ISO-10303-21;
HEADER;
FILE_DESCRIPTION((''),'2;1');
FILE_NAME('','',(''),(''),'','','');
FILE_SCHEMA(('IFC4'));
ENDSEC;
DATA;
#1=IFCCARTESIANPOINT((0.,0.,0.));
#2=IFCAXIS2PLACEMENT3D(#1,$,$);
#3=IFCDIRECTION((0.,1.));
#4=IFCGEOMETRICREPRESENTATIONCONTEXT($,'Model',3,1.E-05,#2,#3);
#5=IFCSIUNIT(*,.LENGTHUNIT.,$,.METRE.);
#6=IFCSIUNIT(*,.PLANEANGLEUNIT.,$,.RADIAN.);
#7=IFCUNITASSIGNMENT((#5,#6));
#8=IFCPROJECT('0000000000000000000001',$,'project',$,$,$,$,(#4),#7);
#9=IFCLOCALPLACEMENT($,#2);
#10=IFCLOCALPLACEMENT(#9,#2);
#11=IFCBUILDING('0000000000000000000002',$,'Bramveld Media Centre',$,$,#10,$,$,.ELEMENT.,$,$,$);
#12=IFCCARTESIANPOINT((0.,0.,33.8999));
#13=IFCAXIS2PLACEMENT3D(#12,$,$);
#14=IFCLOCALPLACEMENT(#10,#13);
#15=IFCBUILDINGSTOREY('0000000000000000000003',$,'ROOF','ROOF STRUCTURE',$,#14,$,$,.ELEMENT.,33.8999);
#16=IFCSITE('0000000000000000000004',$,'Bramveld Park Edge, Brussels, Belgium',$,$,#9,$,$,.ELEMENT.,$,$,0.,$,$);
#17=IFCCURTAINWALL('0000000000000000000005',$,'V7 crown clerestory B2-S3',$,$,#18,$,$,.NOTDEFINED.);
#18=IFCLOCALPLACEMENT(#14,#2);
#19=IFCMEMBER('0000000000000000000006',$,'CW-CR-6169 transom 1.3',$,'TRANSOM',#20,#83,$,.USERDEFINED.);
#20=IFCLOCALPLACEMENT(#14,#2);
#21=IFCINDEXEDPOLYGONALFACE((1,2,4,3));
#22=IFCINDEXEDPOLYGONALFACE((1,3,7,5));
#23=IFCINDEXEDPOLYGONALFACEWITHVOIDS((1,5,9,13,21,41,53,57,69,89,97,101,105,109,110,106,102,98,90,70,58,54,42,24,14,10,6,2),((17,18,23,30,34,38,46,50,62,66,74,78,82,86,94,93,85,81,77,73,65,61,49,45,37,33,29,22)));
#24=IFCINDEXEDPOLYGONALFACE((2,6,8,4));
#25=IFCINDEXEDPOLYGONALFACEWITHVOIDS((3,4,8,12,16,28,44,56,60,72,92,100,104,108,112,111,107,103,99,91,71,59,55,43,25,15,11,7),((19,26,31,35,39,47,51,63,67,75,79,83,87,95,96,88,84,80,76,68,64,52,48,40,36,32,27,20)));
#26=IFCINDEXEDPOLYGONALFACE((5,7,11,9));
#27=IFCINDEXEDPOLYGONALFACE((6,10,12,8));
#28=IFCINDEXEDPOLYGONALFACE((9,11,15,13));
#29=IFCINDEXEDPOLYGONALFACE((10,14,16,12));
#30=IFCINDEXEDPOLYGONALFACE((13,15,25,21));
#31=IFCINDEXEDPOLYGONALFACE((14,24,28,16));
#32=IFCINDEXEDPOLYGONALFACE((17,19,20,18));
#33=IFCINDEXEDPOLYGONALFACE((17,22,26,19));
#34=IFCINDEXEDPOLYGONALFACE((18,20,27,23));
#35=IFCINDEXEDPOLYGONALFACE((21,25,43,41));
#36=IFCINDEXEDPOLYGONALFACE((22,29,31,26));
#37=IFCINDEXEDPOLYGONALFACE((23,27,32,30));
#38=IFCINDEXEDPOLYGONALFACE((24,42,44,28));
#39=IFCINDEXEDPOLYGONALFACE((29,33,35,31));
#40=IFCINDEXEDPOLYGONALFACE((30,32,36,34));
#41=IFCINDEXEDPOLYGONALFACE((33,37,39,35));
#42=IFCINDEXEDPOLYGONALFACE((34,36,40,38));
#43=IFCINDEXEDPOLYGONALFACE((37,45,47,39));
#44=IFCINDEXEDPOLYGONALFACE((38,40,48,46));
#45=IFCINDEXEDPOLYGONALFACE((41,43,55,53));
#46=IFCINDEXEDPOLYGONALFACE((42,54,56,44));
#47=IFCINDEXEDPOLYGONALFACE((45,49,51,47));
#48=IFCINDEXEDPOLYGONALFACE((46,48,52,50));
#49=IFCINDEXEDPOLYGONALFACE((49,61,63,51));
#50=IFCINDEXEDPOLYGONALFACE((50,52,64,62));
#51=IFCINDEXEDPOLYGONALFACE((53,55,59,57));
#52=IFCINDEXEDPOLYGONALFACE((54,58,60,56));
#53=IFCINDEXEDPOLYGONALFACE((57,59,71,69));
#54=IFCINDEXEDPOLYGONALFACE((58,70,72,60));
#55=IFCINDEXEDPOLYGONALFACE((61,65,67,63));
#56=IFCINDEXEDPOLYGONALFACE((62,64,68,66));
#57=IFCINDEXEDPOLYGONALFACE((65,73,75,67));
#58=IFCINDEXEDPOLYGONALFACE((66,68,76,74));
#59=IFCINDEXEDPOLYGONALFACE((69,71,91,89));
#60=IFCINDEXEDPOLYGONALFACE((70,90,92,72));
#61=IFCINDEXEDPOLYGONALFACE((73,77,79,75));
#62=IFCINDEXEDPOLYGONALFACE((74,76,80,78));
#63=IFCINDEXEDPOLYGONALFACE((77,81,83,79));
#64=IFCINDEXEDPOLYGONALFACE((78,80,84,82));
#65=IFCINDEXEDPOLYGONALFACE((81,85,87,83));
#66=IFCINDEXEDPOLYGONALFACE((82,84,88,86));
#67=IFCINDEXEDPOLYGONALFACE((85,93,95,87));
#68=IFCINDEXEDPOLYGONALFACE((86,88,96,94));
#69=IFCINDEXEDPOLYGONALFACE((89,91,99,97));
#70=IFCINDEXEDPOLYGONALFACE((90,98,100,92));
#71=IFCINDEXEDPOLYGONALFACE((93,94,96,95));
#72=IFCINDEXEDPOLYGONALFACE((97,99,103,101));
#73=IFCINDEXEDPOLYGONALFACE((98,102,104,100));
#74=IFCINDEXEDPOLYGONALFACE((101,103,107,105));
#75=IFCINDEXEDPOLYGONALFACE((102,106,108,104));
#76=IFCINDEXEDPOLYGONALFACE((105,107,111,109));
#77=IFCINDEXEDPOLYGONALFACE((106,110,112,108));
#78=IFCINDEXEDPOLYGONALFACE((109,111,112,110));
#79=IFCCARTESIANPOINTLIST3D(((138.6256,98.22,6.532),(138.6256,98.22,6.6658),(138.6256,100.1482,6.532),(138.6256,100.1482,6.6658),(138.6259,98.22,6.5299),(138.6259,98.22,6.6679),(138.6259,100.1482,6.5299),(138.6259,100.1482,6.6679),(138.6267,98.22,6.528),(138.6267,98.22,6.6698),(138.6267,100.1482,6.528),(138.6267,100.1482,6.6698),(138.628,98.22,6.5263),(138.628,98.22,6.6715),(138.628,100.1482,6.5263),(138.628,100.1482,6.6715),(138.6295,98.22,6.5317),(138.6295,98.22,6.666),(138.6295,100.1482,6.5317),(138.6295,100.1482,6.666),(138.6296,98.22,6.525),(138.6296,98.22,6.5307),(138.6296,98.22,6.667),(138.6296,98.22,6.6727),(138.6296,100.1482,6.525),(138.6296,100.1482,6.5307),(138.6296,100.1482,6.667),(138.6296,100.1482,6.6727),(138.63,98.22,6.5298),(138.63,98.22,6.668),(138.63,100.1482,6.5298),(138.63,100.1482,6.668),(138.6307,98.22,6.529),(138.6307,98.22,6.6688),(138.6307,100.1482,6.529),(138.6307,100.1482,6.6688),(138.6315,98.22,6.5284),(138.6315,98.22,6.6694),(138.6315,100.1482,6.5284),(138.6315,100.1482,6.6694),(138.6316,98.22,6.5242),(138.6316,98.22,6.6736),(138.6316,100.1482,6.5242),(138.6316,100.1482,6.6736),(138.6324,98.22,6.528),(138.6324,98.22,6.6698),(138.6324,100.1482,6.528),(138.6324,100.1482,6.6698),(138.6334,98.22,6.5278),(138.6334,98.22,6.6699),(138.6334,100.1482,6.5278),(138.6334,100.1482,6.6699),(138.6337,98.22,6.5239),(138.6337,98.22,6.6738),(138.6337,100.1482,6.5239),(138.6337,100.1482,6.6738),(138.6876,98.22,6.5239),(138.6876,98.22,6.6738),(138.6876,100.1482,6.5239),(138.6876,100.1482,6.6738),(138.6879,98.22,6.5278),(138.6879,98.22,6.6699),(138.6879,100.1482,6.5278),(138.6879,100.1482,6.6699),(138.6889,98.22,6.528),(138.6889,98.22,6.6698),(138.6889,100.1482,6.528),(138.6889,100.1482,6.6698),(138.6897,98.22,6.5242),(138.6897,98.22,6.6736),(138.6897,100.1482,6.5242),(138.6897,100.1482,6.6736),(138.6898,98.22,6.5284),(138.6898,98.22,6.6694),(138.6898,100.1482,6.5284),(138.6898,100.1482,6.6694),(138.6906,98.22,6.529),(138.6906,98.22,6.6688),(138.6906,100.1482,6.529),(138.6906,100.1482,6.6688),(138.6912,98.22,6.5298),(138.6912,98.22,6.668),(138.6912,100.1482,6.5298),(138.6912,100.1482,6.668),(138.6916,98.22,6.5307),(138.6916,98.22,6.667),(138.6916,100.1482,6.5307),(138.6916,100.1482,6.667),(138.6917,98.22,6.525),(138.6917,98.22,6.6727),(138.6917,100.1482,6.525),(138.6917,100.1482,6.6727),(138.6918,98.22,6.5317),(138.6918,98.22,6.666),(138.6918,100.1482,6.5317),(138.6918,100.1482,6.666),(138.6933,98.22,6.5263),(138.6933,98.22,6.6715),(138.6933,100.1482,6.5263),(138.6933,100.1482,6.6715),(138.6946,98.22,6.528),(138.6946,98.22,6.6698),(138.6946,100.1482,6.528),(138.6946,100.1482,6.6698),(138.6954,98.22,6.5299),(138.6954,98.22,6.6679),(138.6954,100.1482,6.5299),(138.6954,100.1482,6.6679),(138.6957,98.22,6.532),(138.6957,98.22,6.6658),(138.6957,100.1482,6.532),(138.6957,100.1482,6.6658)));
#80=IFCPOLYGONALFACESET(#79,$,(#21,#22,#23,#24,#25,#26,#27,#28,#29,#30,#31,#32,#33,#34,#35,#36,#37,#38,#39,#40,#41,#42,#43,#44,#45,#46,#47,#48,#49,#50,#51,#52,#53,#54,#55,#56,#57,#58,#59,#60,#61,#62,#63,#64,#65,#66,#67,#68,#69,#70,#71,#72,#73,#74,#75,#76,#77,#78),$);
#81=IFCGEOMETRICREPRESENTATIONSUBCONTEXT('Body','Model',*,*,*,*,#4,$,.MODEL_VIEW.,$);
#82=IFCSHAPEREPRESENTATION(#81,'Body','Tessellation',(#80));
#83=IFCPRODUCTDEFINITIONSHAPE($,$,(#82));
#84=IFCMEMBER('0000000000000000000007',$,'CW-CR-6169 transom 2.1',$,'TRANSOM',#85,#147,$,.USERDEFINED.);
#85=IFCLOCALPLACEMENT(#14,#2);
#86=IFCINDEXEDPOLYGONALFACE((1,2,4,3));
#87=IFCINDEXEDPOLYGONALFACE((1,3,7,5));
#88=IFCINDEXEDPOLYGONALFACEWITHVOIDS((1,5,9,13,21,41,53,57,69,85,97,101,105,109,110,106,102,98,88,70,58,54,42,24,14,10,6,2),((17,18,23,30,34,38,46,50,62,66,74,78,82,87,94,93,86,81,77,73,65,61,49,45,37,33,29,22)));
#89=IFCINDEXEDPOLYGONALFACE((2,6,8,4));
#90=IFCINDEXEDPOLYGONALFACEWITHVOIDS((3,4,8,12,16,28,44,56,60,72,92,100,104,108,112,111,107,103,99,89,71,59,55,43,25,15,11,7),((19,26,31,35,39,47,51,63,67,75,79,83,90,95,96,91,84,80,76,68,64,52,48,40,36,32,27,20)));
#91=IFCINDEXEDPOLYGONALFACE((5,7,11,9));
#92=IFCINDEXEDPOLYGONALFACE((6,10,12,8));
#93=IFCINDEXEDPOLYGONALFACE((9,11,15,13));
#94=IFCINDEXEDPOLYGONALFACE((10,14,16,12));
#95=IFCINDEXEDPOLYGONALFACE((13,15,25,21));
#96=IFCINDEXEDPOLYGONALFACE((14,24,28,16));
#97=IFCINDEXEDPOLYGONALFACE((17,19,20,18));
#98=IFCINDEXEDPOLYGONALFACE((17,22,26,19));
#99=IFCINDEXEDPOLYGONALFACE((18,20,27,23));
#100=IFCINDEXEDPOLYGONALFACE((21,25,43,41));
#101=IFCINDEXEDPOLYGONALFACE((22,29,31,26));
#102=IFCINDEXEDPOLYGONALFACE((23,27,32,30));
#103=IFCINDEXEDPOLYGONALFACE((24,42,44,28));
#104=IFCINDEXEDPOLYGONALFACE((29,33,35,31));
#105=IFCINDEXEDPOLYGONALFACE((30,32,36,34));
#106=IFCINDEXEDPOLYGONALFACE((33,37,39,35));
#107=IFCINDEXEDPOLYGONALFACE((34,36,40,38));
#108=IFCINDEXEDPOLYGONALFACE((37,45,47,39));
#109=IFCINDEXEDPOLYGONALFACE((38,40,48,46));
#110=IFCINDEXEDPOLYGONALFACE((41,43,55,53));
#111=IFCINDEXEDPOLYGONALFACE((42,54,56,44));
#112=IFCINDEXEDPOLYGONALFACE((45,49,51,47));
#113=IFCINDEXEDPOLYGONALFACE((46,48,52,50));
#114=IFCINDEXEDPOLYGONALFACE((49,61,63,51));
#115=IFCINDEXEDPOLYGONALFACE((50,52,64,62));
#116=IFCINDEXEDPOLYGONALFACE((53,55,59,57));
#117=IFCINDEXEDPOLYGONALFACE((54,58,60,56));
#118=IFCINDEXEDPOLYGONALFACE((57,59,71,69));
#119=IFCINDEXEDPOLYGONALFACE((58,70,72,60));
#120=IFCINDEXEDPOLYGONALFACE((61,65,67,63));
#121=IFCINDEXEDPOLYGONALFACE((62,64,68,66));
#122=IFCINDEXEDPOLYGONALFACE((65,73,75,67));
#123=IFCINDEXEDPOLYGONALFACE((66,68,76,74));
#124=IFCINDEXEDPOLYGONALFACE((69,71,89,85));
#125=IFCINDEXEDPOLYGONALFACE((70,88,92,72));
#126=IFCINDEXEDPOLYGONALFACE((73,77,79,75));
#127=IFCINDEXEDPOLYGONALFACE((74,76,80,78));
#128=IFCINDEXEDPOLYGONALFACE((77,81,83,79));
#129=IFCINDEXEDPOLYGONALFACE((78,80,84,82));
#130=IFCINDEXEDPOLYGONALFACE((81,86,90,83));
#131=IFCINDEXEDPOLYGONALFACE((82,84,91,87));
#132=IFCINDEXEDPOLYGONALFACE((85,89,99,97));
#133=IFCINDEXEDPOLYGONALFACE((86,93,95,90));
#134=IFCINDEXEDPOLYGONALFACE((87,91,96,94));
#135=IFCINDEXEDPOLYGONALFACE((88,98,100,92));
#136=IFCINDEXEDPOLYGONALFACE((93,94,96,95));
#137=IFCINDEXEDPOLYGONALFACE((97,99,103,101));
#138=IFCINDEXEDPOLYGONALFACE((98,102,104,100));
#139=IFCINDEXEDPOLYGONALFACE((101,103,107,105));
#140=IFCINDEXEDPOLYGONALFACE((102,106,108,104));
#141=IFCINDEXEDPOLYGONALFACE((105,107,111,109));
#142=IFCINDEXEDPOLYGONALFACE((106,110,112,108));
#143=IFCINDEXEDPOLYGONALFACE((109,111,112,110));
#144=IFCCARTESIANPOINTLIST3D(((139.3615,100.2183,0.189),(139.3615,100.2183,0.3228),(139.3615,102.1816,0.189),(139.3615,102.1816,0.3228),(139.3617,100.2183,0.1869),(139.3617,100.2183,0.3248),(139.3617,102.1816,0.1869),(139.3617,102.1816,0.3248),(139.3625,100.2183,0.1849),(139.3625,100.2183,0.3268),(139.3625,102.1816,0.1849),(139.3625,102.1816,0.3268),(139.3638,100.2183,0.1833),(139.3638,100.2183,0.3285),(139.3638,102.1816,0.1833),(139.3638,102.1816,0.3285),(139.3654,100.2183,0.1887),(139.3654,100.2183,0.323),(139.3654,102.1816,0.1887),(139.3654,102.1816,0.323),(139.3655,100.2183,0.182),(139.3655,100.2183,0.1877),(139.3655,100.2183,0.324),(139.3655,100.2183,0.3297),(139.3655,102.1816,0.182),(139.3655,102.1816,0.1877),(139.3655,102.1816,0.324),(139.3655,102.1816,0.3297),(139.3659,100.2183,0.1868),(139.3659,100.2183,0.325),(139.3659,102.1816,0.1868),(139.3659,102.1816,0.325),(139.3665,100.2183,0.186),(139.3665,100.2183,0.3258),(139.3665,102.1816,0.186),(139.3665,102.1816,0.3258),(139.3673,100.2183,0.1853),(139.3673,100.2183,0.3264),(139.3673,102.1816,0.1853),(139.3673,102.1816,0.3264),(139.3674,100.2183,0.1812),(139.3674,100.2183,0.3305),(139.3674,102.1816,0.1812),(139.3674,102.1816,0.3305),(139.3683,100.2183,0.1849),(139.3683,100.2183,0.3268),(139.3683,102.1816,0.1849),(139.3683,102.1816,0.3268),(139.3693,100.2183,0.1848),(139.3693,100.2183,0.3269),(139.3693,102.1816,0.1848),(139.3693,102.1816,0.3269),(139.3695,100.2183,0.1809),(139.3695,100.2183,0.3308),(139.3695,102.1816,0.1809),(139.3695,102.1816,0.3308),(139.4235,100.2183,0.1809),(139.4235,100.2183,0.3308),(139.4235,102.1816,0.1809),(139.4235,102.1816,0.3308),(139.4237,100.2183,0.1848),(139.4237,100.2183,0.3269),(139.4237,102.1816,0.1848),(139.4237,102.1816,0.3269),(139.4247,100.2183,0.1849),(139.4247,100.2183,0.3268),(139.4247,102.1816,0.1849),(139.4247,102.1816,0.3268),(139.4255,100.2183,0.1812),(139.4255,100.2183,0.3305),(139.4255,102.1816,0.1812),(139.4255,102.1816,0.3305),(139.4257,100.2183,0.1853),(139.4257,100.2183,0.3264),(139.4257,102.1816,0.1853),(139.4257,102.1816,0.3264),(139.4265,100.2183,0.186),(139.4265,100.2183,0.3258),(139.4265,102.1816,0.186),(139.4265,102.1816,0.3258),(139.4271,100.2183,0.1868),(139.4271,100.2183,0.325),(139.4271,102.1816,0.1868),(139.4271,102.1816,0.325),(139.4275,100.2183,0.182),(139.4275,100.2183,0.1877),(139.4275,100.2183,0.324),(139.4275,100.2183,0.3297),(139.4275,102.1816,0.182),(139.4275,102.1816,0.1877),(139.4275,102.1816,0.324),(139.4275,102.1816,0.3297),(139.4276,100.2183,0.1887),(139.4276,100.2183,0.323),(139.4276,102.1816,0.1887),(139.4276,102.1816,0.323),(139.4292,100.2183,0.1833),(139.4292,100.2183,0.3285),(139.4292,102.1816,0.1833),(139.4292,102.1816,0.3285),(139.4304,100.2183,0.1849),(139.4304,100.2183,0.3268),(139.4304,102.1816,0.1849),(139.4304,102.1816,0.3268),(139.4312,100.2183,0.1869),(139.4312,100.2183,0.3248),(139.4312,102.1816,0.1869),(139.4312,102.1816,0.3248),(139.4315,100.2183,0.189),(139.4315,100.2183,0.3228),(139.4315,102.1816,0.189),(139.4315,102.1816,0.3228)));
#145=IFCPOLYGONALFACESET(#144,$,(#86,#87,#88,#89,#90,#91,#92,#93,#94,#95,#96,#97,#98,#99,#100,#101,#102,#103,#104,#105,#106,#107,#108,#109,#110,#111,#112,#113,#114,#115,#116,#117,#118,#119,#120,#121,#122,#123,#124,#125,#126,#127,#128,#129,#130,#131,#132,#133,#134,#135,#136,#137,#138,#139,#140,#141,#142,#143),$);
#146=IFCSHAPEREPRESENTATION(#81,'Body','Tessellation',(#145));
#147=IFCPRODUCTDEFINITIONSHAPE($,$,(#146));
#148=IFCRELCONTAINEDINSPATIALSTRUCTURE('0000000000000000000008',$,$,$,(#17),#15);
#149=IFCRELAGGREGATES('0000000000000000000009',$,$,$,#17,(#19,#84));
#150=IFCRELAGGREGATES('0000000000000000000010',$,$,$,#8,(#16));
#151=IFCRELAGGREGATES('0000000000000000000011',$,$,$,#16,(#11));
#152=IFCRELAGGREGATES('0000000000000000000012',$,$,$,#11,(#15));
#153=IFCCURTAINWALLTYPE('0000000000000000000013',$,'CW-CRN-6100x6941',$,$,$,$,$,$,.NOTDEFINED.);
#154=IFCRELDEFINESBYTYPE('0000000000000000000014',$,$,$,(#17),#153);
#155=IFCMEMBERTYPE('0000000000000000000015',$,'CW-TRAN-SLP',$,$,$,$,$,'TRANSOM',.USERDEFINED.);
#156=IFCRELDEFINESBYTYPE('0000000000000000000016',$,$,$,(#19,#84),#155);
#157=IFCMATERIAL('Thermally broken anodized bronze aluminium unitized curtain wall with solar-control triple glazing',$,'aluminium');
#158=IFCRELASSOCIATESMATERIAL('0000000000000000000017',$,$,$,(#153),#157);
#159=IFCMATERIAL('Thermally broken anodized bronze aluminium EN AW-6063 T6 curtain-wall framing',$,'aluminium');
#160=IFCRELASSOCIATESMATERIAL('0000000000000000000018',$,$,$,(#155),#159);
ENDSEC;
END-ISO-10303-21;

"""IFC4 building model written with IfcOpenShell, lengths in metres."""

from ifc_helpers import new_model, si_unit, direction, frame, origin, origin_2d, place, context, subcontext, project, spatial, hollow_rectangle, extrude, material, material_profile, profile_set, type_object, element, aggregate, save


model = new_model("IFC4")

# Units and contexts
model_context = context("Model", 3, precision=1e-05, world=origin(), true_north=direction((0.0, 1.0)))
body_context = subcontext(model_context, "Body", "Model", "MODEL_VIEW")
ifc_project = project(units=[si_unit("LENGTHUNIT", "METRE"), si_unit("PLANEANGLEUNIT", "RADIAN")], contexts=[model_context])

# Site, building, storey
site_placement = place(None, origin())
site = spatial("IfcSite", under=ifc_project, at=site_placement, Name="Bramveld Park Edge, Brussels, Belgium", CompositionType="ELEMENT", RefElevation=0.0)
building_placement = place(site_placement, origin())
building = spatial("IfcBuilding", under=site, at=building_placement, Name="Bramveld Media Centre", CompositionType="ELEMENT")
storey_placement = place(building_placement, frame((0.0, 0.0, 33.8999)))
storey = spatial("IfcBuildingStorey", under=building, at=storey_placement, Name="ROOF", Description="ROOF STRUCTURE", CompositionType="ELEMENT", Elevation=33.8999)

# Curtain wall, members
ifc_material_1 = material(Name="Thermally broken anodized bronze aluminium unitized curtain wall with solar-control triple glazing", Category="aluminium")
curtain_wall_type = type_object("IfcCurtainWallType", Name="CW-CRN-6100x6941", PredefinedType="NOTDEFINED", material=ifc_material_1)
curtain_wall_placement = place(storey_placement, origin())
curtain_wall = element("IfcCurtainWall", 1, at=curtain_wall_placement, inside=storey, type_object=curtain_wall_type, Name="V7 crown clerestory B2-S3", PredefinedType="NOTDEFINED")
ifc_material_2 = material(Name="Thermally broken anodized bronze aluminium EN AW-6063 T6 curtain-wall framing", Category="aluminium")
ifc_material_profile_1 = material_profile(ifc_material_2, hollow_rectangle(XDim=0.0701, YDim=0.1499, WallThickness=0.0039, InnerFilletRadius=0.0039, OuterFilletRadius=0.0081, at=origin_2d()), Name="AL-TRAN 70x150")
ifc_profile_set_1 = profile_set([ifc_material_profile_1], Name="Thermally broken anodized bronze aluminium EN AW-6063 T6 curtain-wall framing")
member_type_1 = type_object("IfcMemberType", Name="CW-TRAN-SLP", ElementType="TRANSOM", PredefinedType="USERDEFINED", material=ifc_profile_set_1)
member_1_placement = place(storey_placement, frame((138.6606, 98.22, 6.5989), z_axis=(0.0, 1.0, 0.0), x_axis=(-1.0, 0.0, 0.0)))
member_1 = element("IfcMember", 2, at=member_1_placement, type_object=member_type_1, Name="CW-CR-6169 transom 1.3", ObjectType="TRANSOM", PredefinedType="USERDEFINED", context=body_context, shape_type="SweptSolid", body=[
    extrude(hollow_rectangle(XDim=0.0701, YDim=0.1499, WallThickness=0.0039, InnerFilletRadius=0.0039, OuterFilletRadius=0.0081, at=origin_2d()), origin(), (0.0, 0.0, 1.0), 1.9282),
])
member_2_placement = place(storey_placement, frame((139.3965, 100.2183, 0.2559), z_axis=(0.0, 1.0, 0.0), x_axis=(-1.0, 0.0, 0.0)))
member_2 = element("IfcMember", 3, at=member_2_placement, type_object=member_type_1, Name="CW-CR-6169 transom 2.1", ObjectType="TRANSOM", PredefinedType="USERDEFINED", context=body_context, shape_type="SweptSolid", body=[
    extrude(hollow_rectangle(XDim=0.0701, YDim=0.1499, WallThickness=0.0039, InnerFilletRadius=0.0039, OuterFilletRadius=0.0081, at=origin_2d()), origin(), (0.0, 0.0, 1.0), 1.9634),
])

aggregate(curtain_wall, [member_1, member_2])

save(model, "model.ifc")
